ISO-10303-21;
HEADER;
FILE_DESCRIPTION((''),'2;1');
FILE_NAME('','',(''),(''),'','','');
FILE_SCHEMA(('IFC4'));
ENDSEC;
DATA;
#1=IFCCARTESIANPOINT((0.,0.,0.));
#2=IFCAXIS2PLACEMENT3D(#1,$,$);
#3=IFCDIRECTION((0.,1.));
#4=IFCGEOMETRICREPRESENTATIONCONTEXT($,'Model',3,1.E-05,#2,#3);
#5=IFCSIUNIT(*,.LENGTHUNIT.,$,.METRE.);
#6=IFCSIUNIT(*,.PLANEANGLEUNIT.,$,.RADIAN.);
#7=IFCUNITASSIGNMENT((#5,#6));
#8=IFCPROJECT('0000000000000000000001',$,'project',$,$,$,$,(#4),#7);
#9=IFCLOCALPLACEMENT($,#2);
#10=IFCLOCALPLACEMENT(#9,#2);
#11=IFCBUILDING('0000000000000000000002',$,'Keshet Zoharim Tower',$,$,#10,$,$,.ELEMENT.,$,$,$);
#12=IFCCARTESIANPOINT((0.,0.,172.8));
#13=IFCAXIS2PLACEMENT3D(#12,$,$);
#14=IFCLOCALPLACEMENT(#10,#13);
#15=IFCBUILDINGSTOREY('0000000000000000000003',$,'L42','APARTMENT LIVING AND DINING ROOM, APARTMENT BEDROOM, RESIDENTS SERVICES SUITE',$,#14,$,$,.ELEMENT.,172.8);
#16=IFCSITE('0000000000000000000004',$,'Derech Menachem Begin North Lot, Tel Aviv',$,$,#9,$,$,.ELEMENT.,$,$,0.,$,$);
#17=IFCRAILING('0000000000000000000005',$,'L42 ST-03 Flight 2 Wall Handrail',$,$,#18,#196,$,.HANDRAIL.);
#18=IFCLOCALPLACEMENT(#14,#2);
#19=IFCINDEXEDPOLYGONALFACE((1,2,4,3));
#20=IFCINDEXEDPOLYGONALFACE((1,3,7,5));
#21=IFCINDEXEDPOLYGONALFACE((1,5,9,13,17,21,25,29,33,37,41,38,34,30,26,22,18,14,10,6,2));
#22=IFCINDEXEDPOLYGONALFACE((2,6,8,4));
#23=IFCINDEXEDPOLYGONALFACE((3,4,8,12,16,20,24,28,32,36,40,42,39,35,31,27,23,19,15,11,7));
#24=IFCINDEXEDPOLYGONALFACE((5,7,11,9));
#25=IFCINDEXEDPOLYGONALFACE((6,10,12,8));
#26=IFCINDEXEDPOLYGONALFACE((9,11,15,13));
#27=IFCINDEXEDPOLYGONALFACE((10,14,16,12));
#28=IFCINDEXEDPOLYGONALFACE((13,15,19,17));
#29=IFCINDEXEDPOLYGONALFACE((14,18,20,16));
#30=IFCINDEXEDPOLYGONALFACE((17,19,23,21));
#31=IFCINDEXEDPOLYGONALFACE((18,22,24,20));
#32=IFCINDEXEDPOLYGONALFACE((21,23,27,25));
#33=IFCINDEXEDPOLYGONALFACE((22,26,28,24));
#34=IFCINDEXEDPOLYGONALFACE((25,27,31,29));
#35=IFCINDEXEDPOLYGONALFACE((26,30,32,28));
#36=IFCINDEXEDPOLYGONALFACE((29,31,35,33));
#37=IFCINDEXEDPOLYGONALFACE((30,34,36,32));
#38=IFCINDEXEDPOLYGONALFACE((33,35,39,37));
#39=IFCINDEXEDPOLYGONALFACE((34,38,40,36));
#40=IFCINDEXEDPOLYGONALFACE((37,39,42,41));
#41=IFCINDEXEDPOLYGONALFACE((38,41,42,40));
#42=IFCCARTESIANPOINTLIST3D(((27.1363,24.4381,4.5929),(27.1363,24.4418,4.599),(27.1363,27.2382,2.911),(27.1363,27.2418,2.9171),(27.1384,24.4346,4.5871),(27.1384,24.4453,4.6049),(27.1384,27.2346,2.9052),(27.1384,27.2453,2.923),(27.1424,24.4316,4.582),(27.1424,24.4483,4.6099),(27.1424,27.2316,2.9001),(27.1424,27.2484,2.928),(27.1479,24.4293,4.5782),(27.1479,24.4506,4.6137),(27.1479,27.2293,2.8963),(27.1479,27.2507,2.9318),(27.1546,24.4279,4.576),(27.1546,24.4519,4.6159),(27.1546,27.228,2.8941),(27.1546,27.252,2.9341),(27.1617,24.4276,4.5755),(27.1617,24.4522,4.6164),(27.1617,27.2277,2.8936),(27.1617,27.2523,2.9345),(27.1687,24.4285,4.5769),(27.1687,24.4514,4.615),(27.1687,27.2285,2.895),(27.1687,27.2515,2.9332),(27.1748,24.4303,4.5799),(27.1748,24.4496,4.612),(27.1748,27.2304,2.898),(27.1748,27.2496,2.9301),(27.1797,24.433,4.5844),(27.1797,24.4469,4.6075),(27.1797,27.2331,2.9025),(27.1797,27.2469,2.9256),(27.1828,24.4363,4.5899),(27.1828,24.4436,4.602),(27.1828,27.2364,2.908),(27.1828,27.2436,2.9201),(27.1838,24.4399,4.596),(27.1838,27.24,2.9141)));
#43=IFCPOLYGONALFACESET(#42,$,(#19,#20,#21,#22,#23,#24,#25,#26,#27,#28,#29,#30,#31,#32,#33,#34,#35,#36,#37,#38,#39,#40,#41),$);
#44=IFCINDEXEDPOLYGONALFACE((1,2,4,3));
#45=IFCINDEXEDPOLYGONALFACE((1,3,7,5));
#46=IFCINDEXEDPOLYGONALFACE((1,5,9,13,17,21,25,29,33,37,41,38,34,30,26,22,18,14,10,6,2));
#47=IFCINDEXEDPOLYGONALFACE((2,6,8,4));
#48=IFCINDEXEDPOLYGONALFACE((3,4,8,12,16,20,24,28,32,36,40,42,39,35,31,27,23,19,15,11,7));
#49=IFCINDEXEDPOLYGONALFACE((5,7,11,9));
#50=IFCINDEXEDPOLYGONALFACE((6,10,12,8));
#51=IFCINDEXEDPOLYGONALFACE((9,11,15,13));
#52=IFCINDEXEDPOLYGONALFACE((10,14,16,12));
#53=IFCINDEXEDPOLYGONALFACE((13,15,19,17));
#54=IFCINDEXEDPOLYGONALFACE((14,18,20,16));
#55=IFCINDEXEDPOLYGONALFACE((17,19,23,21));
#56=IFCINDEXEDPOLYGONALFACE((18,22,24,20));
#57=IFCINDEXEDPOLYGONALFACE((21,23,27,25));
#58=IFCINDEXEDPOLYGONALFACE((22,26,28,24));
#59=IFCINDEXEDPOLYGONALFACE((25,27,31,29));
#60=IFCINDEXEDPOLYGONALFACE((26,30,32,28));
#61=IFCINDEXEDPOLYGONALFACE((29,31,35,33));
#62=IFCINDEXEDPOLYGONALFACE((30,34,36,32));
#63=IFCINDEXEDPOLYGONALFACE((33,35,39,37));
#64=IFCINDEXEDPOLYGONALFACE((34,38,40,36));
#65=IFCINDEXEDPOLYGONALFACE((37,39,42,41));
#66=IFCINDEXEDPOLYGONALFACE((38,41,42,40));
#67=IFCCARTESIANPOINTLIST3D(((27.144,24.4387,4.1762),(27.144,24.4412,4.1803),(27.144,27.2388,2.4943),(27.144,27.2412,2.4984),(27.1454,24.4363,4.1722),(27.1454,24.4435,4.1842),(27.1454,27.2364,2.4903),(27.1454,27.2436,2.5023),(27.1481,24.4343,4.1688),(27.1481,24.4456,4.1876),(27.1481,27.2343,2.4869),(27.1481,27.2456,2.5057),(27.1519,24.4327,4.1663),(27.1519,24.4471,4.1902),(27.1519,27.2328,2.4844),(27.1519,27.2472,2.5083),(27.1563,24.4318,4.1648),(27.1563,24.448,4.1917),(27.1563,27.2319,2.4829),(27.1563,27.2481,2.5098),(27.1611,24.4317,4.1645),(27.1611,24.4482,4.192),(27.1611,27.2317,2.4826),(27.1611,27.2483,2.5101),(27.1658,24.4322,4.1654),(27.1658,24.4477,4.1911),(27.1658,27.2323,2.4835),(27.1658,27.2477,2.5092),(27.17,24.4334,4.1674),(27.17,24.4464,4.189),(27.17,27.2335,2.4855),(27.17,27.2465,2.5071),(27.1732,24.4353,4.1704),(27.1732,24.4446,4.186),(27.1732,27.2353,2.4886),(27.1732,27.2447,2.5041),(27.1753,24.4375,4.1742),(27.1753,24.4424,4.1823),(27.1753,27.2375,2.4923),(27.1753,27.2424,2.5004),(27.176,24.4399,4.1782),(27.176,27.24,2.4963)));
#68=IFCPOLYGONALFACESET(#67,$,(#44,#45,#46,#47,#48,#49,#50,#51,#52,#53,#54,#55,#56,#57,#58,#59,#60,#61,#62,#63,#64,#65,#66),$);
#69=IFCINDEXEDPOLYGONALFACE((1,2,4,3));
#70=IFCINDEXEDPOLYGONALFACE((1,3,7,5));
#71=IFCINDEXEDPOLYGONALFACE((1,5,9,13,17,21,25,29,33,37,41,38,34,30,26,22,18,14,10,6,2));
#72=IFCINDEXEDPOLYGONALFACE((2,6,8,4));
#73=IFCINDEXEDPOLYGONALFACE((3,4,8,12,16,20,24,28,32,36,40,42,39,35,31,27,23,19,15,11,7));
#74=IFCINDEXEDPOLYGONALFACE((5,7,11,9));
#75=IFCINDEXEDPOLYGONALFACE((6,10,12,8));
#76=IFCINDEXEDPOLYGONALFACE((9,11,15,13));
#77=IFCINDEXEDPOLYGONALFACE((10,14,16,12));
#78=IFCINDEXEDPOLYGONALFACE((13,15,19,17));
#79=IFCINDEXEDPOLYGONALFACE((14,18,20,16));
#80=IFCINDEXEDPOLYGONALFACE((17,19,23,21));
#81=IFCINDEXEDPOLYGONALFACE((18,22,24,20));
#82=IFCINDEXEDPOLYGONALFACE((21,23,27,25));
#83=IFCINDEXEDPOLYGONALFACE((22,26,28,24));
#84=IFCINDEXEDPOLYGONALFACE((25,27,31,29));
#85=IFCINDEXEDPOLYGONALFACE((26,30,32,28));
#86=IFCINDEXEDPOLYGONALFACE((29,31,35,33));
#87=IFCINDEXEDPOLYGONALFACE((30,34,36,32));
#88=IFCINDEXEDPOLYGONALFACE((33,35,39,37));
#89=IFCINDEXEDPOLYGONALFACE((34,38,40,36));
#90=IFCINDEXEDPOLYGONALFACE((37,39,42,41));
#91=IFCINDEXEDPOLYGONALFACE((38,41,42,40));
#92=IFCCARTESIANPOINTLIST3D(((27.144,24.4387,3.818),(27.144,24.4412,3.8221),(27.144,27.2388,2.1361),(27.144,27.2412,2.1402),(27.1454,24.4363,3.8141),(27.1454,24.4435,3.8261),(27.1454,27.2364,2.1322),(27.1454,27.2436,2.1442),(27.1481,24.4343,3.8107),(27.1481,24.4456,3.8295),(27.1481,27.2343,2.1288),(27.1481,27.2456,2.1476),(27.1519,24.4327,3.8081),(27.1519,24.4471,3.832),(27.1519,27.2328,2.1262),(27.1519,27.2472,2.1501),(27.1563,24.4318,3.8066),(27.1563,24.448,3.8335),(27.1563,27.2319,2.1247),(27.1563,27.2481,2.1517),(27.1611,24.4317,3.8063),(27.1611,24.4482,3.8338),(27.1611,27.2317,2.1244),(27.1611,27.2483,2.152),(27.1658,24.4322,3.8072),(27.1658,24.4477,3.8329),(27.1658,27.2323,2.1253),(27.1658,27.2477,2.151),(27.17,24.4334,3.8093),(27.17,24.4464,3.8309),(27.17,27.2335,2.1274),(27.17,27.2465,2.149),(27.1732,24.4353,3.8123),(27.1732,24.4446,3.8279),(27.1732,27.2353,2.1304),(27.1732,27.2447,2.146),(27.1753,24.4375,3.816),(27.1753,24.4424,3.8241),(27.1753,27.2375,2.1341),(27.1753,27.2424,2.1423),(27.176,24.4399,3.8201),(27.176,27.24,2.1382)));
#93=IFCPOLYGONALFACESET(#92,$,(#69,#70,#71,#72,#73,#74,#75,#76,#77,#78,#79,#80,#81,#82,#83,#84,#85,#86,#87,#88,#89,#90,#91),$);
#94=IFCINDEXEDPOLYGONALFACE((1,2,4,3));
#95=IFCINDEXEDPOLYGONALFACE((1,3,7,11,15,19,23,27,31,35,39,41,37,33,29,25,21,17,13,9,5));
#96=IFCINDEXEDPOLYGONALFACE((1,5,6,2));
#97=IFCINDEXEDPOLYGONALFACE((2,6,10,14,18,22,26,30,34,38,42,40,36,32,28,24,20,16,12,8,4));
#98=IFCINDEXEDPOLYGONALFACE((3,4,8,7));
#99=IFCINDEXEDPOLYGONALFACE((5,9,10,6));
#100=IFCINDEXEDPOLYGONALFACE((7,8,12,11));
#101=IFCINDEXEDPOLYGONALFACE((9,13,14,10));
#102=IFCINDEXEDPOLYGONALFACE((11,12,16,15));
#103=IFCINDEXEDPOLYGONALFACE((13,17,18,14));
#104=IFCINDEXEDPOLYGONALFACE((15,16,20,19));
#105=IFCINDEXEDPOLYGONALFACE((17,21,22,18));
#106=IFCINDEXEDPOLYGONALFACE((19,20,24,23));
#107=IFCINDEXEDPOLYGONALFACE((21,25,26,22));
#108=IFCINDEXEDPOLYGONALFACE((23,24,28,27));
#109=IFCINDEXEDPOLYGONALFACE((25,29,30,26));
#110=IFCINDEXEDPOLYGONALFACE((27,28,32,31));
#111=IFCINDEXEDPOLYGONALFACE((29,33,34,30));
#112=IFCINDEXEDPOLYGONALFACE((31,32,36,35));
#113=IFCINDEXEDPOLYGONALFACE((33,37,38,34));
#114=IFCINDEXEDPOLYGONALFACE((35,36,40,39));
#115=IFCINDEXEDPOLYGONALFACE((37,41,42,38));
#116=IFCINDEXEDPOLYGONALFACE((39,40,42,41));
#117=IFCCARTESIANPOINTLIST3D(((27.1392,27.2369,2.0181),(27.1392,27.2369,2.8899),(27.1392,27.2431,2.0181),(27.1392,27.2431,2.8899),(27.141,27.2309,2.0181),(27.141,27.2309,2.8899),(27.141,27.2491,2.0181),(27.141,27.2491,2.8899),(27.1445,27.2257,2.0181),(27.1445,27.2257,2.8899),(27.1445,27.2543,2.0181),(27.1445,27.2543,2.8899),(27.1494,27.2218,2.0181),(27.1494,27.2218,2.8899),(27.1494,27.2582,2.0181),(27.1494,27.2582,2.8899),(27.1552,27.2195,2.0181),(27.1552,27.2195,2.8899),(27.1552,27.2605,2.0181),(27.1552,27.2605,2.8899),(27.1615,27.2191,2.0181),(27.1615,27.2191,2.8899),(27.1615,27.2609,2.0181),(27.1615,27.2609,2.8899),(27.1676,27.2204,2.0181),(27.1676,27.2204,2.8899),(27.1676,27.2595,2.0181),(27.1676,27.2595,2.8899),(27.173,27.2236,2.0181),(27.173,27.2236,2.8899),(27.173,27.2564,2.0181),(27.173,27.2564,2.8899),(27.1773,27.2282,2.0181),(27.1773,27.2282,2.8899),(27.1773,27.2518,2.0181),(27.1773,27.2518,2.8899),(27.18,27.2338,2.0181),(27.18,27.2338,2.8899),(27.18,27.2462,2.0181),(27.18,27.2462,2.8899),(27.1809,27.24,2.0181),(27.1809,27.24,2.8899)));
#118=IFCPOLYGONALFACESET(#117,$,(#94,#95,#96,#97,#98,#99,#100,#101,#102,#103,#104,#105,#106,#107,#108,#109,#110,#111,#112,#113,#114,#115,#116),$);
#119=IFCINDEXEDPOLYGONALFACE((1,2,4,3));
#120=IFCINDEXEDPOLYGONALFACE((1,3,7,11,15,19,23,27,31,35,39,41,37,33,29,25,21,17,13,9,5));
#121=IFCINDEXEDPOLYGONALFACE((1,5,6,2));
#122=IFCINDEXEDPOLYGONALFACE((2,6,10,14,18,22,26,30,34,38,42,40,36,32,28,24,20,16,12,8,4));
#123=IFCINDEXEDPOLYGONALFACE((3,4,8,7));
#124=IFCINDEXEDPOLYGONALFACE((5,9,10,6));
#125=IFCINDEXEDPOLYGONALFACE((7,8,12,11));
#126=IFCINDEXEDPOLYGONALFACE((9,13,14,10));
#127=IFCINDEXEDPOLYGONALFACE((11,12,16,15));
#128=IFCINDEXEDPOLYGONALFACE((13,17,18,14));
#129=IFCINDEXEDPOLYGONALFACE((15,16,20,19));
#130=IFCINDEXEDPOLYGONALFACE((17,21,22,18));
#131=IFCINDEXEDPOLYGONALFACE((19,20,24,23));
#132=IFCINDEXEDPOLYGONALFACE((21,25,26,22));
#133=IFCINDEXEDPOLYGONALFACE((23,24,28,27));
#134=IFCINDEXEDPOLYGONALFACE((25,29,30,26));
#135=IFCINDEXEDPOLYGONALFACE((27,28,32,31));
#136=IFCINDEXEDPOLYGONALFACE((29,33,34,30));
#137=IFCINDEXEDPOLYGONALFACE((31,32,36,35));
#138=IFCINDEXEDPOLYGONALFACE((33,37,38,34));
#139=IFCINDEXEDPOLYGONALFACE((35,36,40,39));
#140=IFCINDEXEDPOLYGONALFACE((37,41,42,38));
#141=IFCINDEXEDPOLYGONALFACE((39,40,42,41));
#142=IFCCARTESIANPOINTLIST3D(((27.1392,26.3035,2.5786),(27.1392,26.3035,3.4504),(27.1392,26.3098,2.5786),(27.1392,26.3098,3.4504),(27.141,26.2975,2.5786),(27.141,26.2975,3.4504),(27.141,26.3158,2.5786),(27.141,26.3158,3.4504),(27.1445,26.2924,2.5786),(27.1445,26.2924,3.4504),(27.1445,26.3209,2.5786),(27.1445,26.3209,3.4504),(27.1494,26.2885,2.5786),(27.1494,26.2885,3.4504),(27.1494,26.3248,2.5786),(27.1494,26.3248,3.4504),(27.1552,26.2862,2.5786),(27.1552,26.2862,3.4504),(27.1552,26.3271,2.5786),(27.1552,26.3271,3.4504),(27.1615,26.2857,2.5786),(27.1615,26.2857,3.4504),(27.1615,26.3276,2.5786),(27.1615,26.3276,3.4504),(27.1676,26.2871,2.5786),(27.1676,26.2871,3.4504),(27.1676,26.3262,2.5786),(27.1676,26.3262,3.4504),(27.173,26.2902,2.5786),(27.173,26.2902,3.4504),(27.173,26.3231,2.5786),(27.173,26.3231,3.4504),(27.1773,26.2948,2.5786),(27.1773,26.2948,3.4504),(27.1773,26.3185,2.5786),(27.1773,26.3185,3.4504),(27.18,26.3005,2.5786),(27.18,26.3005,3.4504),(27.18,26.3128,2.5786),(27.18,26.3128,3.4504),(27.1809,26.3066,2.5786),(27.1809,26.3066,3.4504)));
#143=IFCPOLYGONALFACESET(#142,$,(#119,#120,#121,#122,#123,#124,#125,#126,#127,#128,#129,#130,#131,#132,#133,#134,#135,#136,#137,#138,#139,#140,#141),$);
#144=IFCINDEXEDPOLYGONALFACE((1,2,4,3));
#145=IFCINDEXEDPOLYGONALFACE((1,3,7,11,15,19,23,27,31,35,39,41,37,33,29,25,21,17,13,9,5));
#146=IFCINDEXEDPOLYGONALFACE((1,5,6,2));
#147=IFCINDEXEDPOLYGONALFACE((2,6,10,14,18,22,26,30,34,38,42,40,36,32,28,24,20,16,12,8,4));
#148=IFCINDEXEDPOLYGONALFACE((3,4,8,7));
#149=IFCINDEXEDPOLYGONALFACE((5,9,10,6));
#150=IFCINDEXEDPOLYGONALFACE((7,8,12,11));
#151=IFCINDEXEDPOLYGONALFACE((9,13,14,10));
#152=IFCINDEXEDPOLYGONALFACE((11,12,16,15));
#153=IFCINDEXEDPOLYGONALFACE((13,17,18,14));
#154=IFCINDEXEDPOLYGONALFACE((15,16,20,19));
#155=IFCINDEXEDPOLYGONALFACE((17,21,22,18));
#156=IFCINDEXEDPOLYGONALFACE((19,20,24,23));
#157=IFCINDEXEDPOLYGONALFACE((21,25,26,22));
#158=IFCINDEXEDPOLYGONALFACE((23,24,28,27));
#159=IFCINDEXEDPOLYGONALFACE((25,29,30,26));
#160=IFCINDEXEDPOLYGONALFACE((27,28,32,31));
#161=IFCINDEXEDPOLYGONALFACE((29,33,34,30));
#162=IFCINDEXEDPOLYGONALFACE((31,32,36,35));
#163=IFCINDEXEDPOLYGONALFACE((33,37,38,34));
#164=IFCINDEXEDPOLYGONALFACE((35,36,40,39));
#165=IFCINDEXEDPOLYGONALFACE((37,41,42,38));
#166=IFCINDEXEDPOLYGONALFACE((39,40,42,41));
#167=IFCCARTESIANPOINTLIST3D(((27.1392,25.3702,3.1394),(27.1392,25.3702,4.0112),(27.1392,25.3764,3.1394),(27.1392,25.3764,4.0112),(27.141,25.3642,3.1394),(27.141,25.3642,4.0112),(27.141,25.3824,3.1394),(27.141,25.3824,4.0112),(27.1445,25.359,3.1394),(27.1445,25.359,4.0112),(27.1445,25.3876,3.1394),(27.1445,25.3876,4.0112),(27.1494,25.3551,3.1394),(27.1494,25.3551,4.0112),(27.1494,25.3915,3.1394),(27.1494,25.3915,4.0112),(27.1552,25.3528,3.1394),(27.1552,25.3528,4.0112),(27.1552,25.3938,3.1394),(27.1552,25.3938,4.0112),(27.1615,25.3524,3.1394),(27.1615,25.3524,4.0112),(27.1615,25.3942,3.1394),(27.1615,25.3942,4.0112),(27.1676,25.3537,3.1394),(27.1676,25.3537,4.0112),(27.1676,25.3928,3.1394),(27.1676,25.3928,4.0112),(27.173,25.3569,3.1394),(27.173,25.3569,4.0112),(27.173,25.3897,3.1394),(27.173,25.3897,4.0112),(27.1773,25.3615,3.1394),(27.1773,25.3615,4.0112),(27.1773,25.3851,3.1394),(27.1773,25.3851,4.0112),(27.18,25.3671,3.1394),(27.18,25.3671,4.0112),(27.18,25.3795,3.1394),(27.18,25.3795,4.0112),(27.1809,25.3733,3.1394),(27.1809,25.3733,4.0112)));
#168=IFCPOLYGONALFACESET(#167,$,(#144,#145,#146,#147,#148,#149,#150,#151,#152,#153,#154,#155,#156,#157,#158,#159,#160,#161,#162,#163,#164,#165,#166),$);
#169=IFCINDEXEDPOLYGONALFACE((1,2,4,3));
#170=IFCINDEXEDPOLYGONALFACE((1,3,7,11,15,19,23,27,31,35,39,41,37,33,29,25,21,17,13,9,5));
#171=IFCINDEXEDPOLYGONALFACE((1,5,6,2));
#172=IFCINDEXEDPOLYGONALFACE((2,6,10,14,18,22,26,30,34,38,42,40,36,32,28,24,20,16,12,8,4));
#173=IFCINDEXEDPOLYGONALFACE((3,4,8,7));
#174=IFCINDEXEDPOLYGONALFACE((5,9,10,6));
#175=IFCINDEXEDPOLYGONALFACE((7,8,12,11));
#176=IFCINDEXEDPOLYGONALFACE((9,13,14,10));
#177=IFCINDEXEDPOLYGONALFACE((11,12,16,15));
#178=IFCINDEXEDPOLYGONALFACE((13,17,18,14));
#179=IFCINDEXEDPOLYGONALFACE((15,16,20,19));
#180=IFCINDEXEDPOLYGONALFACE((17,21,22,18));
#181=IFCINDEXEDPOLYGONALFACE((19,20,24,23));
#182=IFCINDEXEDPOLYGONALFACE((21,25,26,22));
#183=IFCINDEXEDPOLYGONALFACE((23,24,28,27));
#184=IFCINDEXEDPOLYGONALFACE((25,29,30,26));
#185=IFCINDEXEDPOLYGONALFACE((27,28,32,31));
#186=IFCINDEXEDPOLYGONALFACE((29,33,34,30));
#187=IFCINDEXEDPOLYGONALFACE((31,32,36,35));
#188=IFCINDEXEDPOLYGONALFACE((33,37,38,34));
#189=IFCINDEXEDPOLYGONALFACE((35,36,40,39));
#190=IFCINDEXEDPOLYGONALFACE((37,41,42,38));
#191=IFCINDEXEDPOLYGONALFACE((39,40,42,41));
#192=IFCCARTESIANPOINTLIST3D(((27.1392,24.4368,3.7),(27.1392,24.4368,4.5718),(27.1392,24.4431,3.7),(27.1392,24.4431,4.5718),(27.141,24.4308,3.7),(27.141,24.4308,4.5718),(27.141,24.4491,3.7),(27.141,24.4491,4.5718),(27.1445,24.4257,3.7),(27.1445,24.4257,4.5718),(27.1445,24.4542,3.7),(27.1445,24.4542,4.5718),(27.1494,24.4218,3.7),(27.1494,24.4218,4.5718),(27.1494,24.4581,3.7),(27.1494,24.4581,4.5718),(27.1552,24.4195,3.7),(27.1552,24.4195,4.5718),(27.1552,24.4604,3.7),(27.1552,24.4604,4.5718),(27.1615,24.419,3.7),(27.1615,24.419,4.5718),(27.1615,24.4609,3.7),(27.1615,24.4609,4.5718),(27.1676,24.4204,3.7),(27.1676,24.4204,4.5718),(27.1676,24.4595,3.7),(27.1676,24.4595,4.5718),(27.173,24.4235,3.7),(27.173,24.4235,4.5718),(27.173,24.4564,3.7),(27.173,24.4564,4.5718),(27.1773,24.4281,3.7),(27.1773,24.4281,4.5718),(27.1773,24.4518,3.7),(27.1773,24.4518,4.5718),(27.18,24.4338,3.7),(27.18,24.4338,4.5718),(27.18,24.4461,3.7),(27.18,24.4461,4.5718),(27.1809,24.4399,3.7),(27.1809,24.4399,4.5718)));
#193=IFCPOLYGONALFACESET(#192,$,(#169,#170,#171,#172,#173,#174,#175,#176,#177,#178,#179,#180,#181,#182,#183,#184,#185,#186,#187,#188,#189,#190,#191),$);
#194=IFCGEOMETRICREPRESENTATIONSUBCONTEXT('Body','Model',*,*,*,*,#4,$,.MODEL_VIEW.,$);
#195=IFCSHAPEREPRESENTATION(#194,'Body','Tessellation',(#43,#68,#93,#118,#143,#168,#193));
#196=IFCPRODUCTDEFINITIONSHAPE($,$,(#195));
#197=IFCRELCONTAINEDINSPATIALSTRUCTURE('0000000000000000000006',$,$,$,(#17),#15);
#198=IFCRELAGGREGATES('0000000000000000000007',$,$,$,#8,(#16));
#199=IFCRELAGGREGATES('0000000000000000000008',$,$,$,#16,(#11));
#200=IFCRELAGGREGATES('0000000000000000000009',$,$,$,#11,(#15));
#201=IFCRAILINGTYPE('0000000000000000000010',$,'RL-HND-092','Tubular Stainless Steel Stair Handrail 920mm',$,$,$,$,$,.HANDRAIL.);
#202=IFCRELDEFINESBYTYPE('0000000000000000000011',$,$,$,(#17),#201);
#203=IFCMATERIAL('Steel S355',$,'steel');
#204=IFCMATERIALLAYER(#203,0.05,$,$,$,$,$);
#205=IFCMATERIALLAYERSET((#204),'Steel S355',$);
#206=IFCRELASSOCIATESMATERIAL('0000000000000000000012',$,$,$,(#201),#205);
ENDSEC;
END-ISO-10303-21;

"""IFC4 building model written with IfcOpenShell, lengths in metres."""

from ifc_helpers import new_model, si_unit, direction, frame, origin, origin_2d, place, context, subcontext, project, spatial, circle, extrude, material, layer, layer_set, type_object, element, save


model = new_model("IFC4")

# Units and contexts
model_context = context("Model", 3, precision=1e-05, world=origin(), true_north=direction((0.0, 1.0)))
body_context = subcontext(model_context, "Body", "Model", "MODEL_VIEW")
ifc_project = project(units=[si_unit("LENGTHUNIT", "METRE"), si_unit("PLANEANGLEUNIT", "RADIAN")], contexts=[model_context])

# Site, building, storey
site_placement = place(None, origin())
site = spatial("IfcSite", under=ifc_project, at=site_placement, Name="Derech Menachem Begin North Lot, Tel Aviv", CompositionType="ELEMENT", RefElevation=0.0)
building_placement = place(site_placement, origin())
building = spatial("IfcBuilding", under=site, at=building_placement, Name="Keshet Zoharim Tower", CompositionType="ELEMENT")
storey_placement = place(building_placement, frame((0.0, 0.0, 172.8)))
storey = spatial("IfcBuildingStorey", under=building, at=storey_placement, Name="L42", Description="APARTMENT LIVING AND DINING ROOM, APARTMENT BEDROOM, RESIDENTS SERVICES SUITE", CompositionType="ELEMENT", Elevation=172.8)

# Shared definitions
ifc_material_1 = material(Name="Steel S355", Category="steel")

# Railing
ifc_layer_1 = layer(ifc_material_1, 0.05)
ifc_layer_set_1 = layer_set([ifc_layer_1], Name="Steel S355")
railing_type_1 = type_object("IfcRailingType", Name="RL-HND-092", Description="Tubular Stainless Steel Stair Handrail 920mm", PredefinedType="HANDRAIL", material=ifc_layer_set_1)
for number, where, name in (
    (1, (27.1599, 27.24, 2.0181), "L42 ST-03 Flight 2 Wall Handrail"),
):
    element("IfcRailing", number, at=place(storey_placement, frame(where)), inside=storey, type_object=railing_type_1, Name=name, PredefinedType="HANDRAIL", context=body_context, shape_type="SweptSolid", body=[
        extrude(circle(Radius=0.0239, at=origin_2d()), frame((0.0, 0.0, 0.896), z_axis=(0.0, -0.857242, 0.514913), x_axis=(1.0, 0.0, 0.0)), (0.0, 0.0, 1.0), 3.2664),
        extrude(circle(Radius=0.0161, at=origin_2d()), frame((0.0, 0.0, 0.4783), z_axis=(0.0, -0.857242, 0.514913), x_axis=(1.0, 0.0, 0.0)), (0.0, 0.0, 1.0), 3.2664),
        extrude(circle(Radius=0.0161, at=origin_2d()), frame((0.0, 0.0, 0.1201), z_axis=(0.0, -0.857242, 0.514913), x_axis=(1.0, 0.0, 0.0)), (0.0, 0.0, 1.0), 3.2664),
        extrude(circle(Radius=0.021, at=origin_2d()), origin(), (0.0, 0.0, 1.0), 0.8718),
        extrude(circle(Radius=0.021, at=origin_2d()), frame((0.0, -0.9333, 0.5605)), (0.0, 0.0, 1.0), 0.8718),
        extrude(circle(Radius=0.021, at=origin_2d()), frame((0.0, -1.8667, 1.1213)), (0.0, 0.0, 1.0), 0.8718),
        extrude(circle(Radius=0.021, at=origin_2d()), frame((0.0, -2.8, 1.6819)), (0.0, 0.0, 1.0), 0.8718),
    ])

save(model, "model.ifc")
